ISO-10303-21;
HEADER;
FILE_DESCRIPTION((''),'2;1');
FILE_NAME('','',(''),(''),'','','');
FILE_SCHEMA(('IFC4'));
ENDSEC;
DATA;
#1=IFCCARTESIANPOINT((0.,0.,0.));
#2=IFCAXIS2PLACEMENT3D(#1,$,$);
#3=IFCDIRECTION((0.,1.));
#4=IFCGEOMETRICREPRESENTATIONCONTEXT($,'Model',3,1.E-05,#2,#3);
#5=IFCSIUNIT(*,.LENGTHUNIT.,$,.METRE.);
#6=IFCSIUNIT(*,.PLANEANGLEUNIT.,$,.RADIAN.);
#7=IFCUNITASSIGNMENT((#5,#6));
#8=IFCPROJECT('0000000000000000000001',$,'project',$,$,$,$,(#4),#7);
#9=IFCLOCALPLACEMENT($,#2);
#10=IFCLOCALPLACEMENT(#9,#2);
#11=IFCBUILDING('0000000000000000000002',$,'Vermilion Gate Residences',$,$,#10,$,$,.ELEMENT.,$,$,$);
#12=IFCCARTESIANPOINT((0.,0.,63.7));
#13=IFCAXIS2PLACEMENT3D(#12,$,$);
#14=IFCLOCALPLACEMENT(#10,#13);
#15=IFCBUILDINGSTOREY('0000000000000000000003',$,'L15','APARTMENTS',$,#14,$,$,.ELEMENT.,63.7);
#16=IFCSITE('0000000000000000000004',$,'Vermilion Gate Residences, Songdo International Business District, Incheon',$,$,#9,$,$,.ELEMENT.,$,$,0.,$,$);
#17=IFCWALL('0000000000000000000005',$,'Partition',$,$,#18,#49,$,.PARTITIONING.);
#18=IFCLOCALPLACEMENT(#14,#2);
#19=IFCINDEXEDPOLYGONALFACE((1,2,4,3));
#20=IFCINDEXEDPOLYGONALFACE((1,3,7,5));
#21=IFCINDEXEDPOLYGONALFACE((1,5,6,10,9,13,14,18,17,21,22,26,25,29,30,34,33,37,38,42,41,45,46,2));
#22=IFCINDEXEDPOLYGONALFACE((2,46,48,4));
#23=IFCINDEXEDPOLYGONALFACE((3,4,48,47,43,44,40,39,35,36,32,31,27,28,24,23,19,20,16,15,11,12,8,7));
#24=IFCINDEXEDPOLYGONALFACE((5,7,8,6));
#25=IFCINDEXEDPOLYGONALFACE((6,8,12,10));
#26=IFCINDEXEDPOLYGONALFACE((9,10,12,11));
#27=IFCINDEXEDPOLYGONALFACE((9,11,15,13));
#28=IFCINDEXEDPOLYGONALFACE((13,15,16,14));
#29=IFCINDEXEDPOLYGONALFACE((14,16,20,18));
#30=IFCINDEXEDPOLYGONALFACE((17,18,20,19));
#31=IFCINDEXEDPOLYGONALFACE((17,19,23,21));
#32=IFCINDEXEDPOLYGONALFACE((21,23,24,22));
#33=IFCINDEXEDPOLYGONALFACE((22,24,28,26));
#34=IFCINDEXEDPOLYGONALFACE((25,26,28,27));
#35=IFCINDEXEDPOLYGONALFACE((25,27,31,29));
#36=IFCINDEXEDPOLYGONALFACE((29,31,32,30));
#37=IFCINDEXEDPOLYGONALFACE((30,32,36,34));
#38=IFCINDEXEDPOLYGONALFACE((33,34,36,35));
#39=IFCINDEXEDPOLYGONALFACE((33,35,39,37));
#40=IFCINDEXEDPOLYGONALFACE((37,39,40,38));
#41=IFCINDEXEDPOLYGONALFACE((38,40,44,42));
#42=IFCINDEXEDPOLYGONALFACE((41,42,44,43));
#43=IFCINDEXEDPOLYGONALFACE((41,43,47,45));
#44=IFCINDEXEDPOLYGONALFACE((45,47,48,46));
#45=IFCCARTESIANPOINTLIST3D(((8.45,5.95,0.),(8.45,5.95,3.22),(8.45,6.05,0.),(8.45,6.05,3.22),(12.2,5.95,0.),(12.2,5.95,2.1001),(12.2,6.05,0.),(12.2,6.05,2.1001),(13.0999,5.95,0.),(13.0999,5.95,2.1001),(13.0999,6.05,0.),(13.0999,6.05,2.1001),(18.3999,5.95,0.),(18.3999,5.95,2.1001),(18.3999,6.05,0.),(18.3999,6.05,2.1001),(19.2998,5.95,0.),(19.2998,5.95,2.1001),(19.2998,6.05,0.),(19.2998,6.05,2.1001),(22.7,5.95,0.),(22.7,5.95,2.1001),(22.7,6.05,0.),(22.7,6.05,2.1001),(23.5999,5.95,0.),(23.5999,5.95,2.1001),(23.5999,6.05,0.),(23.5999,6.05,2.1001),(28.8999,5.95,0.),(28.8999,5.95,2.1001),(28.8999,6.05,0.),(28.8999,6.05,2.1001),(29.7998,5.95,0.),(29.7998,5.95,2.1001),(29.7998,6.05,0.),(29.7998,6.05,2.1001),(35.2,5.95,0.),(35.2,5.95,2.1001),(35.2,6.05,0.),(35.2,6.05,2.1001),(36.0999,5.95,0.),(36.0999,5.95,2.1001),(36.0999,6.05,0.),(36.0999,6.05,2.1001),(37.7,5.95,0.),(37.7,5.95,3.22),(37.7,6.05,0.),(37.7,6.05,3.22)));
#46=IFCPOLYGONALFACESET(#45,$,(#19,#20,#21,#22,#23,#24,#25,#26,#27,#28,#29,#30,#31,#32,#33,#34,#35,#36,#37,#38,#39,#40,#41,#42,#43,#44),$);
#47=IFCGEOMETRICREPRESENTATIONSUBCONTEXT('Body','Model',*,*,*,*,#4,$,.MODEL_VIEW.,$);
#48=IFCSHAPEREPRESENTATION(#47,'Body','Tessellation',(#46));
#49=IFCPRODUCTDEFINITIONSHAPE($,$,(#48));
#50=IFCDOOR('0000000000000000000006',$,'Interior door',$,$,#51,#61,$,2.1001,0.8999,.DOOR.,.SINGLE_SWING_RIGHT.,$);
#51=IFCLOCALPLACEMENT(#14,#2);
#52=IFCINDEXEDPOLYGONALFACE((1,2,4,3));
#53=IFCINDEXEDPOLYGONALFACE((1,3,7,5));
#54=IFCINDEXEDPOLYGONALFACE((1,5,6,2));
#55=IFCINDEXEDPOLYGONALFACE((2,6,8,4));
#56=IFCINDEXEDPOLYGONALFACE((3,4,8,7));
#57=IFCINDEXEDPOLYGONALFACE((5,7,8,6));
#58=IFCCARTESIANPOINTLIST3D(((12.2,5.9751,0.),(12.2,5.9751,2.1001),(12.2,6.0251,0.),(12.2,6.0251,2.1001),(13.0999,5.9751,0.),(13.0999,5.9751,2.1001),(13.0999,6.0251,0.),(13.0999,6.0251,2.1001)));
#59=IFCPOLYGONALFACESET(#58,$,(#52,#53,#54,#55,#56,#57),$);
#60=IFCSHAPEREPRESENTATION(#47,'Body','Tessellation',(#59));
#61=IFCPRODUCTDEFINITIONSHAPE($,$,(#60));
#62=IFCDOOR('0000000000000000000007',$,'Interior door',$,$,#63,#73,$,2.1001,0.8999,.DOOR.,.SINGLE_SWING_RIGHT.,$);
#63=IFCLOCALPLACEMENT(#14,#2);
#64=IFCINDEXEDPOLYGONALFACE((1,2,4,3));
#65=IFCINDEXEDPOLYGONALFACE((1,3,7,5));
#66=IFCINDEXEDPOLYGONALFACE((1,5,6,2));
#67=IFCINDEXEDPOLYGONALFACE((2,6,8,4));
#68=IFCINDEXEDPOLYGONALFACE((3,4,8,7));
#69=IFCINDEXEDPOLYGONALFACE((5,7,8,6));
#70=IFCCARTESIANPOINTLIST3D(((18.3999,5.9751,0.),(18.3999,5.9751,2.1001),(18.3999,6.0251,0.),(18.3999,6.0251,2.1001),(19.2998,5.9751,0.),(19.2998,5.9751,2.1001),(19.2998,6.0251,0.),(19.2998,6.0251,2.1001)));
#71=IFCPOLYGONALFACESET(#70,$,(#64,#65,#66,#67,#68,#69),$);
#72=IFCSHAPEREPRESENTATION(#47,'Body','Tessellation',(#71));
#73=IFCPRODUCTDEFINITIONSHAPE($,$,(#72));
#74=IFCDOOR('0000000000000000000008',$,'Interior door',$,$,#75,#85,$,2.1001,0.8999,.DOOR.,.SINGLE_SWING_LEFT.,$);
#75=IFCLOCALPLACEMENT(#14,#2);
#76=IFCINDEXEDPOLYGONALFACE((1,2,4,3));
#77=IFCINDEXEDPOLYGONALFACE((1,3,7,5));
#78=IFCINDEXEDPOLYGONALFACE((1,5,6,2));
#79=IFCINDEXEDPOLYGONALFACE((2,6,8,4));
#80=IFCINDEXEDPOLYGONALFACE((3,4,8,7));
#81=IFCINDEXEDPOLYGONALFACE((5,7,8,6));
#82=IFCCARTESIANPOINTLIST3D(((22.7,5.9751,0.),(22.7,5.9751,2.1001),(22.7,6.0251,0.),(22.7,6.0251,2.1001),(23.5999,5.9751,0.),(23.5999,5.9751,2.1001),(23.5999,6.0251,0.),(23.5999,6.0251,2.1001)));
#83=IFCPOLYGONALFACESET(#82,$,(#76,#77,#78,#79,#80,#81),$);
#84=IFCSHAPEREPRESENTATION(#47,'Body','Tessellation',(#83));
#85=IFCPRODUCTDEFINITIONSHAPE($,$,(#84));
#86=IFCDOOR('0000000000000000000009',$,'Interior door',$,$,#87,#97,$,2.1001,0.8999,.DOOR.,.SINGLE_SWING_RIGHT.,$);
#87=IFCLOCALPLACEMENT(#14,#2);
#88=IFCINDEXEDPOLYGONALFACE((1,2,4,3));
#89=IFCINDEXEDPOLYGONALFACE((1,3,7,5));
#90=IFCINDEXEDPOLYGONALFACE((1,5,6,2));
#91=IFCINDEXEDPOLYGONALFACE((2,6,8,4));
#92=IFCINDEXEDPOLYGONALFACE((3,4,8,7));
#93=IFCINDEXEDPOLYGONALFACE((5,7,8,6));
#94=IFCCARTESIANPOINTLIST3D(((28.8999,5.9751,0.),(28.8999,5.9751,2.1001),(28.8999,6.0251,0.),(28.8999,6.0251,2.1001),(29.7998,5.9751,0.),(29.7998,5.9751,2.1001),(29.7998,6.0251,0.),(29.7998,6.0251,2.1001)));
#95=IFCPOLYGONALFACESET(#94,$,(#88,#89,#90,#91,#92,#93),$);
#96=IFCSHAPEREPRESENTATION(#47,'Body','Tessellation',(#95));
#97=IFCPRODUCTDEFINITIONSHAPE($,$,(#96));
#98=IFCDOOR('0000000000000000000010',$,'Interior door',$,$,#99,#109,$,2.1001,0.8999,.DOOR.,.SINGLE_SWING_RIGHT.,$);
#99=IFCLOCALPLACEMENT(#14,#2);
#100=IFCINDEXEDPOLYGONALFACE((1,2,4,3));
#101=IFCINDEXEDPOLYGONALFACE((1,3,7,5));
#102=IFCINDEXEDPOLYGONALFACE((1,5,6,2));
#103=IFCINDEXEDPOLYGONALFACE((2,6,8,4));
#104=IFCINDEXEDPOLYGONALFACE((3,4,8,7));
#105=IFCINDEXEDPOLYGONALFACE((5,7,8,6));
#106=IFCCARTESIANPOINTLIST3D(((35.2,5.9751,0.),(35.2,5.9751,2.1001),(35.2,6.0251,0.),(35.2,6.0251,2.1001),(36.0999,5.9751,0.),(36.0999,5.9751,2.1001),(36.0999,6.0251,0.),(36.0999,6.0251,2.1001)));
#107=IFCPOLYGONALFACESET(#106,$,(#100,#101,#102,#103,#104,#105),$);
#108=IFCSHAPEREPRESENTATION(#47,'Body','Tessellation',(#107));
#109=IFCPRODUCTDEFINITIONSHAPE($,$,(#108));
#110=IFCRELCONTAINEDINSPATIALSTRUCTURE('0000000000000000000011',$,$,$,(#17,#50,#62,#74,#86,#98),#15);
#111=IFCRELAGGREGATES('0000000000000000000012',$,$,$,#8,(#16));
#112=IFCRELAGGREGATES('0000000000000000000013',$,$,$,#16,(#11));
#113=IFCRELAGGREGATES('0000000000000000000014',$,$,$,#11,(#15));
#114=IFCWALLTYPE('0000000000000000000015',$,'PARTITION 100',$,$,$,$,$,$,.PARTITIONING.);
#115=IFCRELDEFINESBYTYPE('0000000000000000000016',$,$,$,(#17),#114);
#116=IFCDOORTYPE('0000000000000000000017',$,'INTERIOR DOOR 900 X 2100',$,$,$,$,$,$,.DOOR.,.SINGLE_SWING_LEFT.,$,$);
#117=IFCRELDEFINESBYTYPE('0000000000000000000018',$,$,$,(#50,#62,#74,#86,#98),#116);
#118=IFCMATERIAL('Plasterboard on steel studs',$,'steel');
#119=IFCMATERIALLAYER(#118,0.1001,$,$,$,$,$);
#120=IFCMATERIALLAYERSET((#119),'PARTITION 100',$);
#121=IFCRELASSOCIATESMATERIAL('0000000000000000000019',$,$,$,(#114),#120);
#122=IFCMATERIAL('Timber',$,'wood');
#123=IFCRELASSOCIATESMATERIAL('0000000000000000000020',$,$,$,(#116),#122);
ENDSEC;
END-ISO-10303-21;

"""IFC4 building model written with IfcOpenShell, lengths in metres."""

from ifc_helpers import new_model, si_unit, direction, frame, frame_2d, origin, place, context, subcontext, project, spatial, rectangle, extrude, material, layer, layer_set, type_object, element, fill, save


model = new_model("IFC4")

# Units and contexts
model_context = context("Model", 3, precision=1e-05, world=origin(), true_north=direction((0.0, 1.0)))
body_context = subcontext(model_context, "Body", "Model", "MODEL_VIEW")
ifc_project = project(units=[si_unit("LENGTHUNIT", "METRE"), si_unit("PLANEANGLEUNIT", "RADIAN")], contexts=[model_context])

# Site, building, storey
site_placement = place(None, origin())
site = spatial("IfcSite", under=ifc_project, at=site_placement, Name="Vermilion Gate Residences, Songdo International Business District, Incheon", CompositionType="ELEMENT", RefElevation=0.0)
building_placement = place(site_placement, origin())
building = spatial("IfcBuilding", under=site, at=building_placement, Name="Vermilion Gate Residences", CompositionType="ELEMENT")
storey_placement = place(building_placement, frame((0.0, 0.0, 63.7)))
storey = spatial("IfcBuildingStorey", under=building, at=storey_placement, Name="L15", Description="APARTMENTS", CompositionType="ELEMENT", Elevation=63.7)

# Wall, openings, doors
ifc_material_1 = material(Name="Plasterboard on steel studs", Category="steel")
ifc_layer_1 = layer(ifc_material_1, 0.1001)
ifc_layer_set_1 = layer_set([ifc_layer_1], Name="PARTITION 100")
wall_type_1 = type_object("IfcWallType", Name="PARTITION 100", PredefinedType="PARTITIONING", material=ifc_layer_set_1)
wall_1_placement = place(storey_placement, frame((8.45, 6.0, 0.0), z_axis=(0.0, 0.0, 1.0), x_axis=(1.0, 0.0, 0.0)))
wall_1 = element("IfcWall", 1, at=wall_1_placement, inside=storey, type_object=wall_type_1, Name="Partition", PredefinedType="PARTITIONING", context=body_context, shape_type="SweptSolid", body=[
    extrude(rectangle(XDim=29.25, YDim=0.1001, at=frame_2d((14.625, 0.0))), origin(), (0.0, 0.0, 1.0), 3.22),
])
opening_1_placement = place(wall_1_placement, frame((3.75, 0.0, 0.0)))
opening_1 = element("IfcOpeningElement", 2, at=opening_1_placement, cuts=wall_1, PredefinedType="OPENING", context=body_context, shape_type="SweptSolid", body=[
    extrude(rectangle(XDim=0.8999, YDim=2.1001, at=frame_2d((0.45, 1.05))), frame((0.0, 0.0601, 0.0), z_axis=(0.0, -1.0, 0.0), x_axis=(1.0, 0.0, 0.0)), (0.0, 0.0, 1.0), 0.1201),
])
opening_2_placement = place(wall_1_placement, frame((9.95, 0.0, 0.0)))
opening_2 = element("IfcOpeningElement", 3, at=opening_2_placement, cuts=wall_1, PredefinedType="OPENING", context=body_context, shape_type="SweptSolid", body=[
    extrude(rectangle(XDim=0.8999, YDim=2.1001, at=frame_2d((0.45, 1.05))), frame((0.0, 0.0601, 0.0), z_axis=(0.0, -1.0, 0.0), x_axis=(1.0, 0.0, 0.0)), (0.0, 0.0, 1.0), 0.1201),
])
opening_3_placement = place(wall_1_placement, frame((14.25, 0.0, 0.0)))
opening_3 = element("IfcOpeningElement", 4, at=opening_3_placement, cuts=wall_1, PredefinedType="OPENING", context=body_context, shape_type="SweptSolid", body=[
    extrude(rectangle(XDim=0.8999, YDim=2.1001, at=frame_2d((0.45, 1.05))), frame((0.0, 0.0601, 0.0), z_axis=(0.0, -1.0, 0.0), x_axis=(1.0, 0.0, 0.0)), (0.0, 0.0, 1.0), 0.1201),
])
opening_4_placement = place(wall_1_placement, frame((20.45, 0.0, 0.0)))
opening_4 = element("IfcOpeningElement", 5, at=opening_4_placement, cuts=wall_1, PredefinedType="OPENING", context=body_context, shape_type="SweptSolid", body=[
    extrude(rectangle(XDim=0.8999, YDim=2.1001, at=frame_2d((0.45, 1.05))), frame((0.0, 0.0601, 0.0), z_axis=(0.0, -1.0, 0.0), x_axis=(1.0, 0.0, 0.0)), (0.0, 0.0, 1.0), 0.1201),
])
opening_5_placement = place(wall_1_placement, frame((26.75, 0.0, 0.0)))
opening_5 = element("IfcOpeningElement", 6, at=opening_5_placement, cuts=wall_1, PredefinedType="OPENING", context=body_context, shape_type="SweptSolid", body=[
    extrude(rectangle(XDim=0.8999, YDim=2.1001, at=frame_2d((0.45, 1.05))), frame((0.0, 0.0601, 0.0), z_axis=(0.0, -1.0, 0.0), x_axis=(1.0, 0.0, 0.0)), (0.0, 0.0, 1.0), 0.1201),
])
ifc_material_2 = material(Name="Timber", Category="wood")
door_type = type_object("IfcDoorType", Name="INTERIOR DOOR 900 X 2100", OperationType="SINGLE_SWING_LEFT", PredefinedType="DOOR", material=ifc_material_2)
door_1_placement = place(opening_1_placement, frame((0.8999, 0.0, 0.0), z_axis=(0.0, 0.0, 1.0), x_axis=(-1.0, 0.0, 0.0)))
door_1 = element("IfcDoor", 7, at=door_1_placement, inside=storey, type_object=door_type, Name="Interior door", OperationType="SINGLE_SWING_RIGHT", OverallHeight=2.1001, OverallWidth=0.8999, PredefinedType="DOOR", context=body_context, shape_type="SweptSolid", body=[
    extrude(rectangle(XDim=0.8999, YDim=2.1001, at=frame_2d((0.45, 1.05))), frame((0.0, 0.0249, 0.0), z_axis=(0.0, -1.0, 0.0), x_axis=(1.0, 0.0, 0.0)), (0.0, 0.0, 1.0), 0.05),
])
fill(opening_1, door_1)
door_2_placement = place(opening_2_placement, frame((0.8999, 0.0, 0.0), z_axis=(0.0, 0.0, 1.0), x_axis=(-1.0, 0.0, 0.0)))
door_2 = element("IfcDoor", 8, at=door_2_placement, inside=storey, type_object=door_type, Name="Interior door", OperationType="SINGLE_SWING_RIGHT", OverallHeight=2.1001, OverallWidth=0.8999, PredefinedType="DOOR", context=body_context, shape_type="SweptSolid", body=[
    extrude(rectangle(XDim=0.8999, YDim=2.1001, at=frame_2d((0.45, 1.05))), frame((0.0, 0.0249, 0.0), z_axis=(0.0, -1.0, 0.0), x_axis=(1.0, 0.0, 0.0)), (0.0, 0.0, 1.0), 0.05),
])
fill(opening_2, door_2)
door_3_placement = place(opening_3_placement, frame((0.8999, 0.0, 0.0), z_axis=(0.0, 0.0, 1.0), x_axis=(-1.0, 0.0, 0.0)))
door_3 = element("IfcDoor", 9, at=door_3_placement, inside=storey, type_object=door_type, Name="Interior door", OperationType="SINGLE_SWING_LEFT", OverallHeight=2.1001, OverallWidth=0.8999, PredefinedType="DOOR", context=body_context, shape_type="SweptSolid", body=[
    extrude(rectangle(XDim=0.8999, YDim=2.1001, at=frame_2d((0.45, 1.05))), frame((0.0, 0.0249, 0.0), z_axis=(0.0, -1.0, 0.0), x_axis=(1.0, 0.0, 0.0)), (0.0, 0.0, 1.0), 0.05),
])
fill(opening_3, door_3)
door_4_placement = place(opening_4_placement, frame((0.8999, 0.0, 0.0), z_axis=(0.0, 0.0, 1.0), x_axis=(-1.0, 0.0, 0.0)))
door_4 = element("IfcDoor", 10, at=door_4_placement, inside=storey, type_object=door_type, Name="Interior door", OperationType="SINGLE_SWING_RIGHT", OverallHeight=2.1001, OverallWidth=0.8999, PredefinedType="DOOR", context=body_context, shape_type="SweptSolid", body=[
    extrude(rectangle(XDim=0.8999, YDim=2.1001, at=frame_2d((0.45, 1.05))), frame((0.0, 0.0249, 0.0), z_axis=(0.0, -1.0, 0.0), x_axis=(1.0, 0.0, 0.0)), (0.0, 0.0, 1.0), 0.05),
])
fill(opening_4, door_4)
door_5_placement = place(opening_5_placement, frame((0.8999, 0.0, 0.0), z_axis=(0.0, 0.0, 1.0), x_axis=(-1.0, 0.0, 0.0)))
door_5 = element("IfcDoor", 11, at=door_5_placement, inside=storey, type_object=door_type, Name="Interior door", OperationType="SINGLE_SWING_RIGHT", OverallHeight=2.1001, OverallWidth=0.8999, PredefinedType="DOOR", context=body_context, shape_type="SweptSolid", body=[
    extrude(rectangle(XDim=0.8999, YDim=2.1001, at=frame_2d((0.45, 1.05))), frame((0.0, 0.0249, 0.0), z_axis=(0.0, -1.0, 0.0), x_axis=(1.0, 0.0, 0.0)), (0.0, 0.0, 1.0), 0.05),
])
fill(opening_5, door_5)

save(model, "model.ifc")
